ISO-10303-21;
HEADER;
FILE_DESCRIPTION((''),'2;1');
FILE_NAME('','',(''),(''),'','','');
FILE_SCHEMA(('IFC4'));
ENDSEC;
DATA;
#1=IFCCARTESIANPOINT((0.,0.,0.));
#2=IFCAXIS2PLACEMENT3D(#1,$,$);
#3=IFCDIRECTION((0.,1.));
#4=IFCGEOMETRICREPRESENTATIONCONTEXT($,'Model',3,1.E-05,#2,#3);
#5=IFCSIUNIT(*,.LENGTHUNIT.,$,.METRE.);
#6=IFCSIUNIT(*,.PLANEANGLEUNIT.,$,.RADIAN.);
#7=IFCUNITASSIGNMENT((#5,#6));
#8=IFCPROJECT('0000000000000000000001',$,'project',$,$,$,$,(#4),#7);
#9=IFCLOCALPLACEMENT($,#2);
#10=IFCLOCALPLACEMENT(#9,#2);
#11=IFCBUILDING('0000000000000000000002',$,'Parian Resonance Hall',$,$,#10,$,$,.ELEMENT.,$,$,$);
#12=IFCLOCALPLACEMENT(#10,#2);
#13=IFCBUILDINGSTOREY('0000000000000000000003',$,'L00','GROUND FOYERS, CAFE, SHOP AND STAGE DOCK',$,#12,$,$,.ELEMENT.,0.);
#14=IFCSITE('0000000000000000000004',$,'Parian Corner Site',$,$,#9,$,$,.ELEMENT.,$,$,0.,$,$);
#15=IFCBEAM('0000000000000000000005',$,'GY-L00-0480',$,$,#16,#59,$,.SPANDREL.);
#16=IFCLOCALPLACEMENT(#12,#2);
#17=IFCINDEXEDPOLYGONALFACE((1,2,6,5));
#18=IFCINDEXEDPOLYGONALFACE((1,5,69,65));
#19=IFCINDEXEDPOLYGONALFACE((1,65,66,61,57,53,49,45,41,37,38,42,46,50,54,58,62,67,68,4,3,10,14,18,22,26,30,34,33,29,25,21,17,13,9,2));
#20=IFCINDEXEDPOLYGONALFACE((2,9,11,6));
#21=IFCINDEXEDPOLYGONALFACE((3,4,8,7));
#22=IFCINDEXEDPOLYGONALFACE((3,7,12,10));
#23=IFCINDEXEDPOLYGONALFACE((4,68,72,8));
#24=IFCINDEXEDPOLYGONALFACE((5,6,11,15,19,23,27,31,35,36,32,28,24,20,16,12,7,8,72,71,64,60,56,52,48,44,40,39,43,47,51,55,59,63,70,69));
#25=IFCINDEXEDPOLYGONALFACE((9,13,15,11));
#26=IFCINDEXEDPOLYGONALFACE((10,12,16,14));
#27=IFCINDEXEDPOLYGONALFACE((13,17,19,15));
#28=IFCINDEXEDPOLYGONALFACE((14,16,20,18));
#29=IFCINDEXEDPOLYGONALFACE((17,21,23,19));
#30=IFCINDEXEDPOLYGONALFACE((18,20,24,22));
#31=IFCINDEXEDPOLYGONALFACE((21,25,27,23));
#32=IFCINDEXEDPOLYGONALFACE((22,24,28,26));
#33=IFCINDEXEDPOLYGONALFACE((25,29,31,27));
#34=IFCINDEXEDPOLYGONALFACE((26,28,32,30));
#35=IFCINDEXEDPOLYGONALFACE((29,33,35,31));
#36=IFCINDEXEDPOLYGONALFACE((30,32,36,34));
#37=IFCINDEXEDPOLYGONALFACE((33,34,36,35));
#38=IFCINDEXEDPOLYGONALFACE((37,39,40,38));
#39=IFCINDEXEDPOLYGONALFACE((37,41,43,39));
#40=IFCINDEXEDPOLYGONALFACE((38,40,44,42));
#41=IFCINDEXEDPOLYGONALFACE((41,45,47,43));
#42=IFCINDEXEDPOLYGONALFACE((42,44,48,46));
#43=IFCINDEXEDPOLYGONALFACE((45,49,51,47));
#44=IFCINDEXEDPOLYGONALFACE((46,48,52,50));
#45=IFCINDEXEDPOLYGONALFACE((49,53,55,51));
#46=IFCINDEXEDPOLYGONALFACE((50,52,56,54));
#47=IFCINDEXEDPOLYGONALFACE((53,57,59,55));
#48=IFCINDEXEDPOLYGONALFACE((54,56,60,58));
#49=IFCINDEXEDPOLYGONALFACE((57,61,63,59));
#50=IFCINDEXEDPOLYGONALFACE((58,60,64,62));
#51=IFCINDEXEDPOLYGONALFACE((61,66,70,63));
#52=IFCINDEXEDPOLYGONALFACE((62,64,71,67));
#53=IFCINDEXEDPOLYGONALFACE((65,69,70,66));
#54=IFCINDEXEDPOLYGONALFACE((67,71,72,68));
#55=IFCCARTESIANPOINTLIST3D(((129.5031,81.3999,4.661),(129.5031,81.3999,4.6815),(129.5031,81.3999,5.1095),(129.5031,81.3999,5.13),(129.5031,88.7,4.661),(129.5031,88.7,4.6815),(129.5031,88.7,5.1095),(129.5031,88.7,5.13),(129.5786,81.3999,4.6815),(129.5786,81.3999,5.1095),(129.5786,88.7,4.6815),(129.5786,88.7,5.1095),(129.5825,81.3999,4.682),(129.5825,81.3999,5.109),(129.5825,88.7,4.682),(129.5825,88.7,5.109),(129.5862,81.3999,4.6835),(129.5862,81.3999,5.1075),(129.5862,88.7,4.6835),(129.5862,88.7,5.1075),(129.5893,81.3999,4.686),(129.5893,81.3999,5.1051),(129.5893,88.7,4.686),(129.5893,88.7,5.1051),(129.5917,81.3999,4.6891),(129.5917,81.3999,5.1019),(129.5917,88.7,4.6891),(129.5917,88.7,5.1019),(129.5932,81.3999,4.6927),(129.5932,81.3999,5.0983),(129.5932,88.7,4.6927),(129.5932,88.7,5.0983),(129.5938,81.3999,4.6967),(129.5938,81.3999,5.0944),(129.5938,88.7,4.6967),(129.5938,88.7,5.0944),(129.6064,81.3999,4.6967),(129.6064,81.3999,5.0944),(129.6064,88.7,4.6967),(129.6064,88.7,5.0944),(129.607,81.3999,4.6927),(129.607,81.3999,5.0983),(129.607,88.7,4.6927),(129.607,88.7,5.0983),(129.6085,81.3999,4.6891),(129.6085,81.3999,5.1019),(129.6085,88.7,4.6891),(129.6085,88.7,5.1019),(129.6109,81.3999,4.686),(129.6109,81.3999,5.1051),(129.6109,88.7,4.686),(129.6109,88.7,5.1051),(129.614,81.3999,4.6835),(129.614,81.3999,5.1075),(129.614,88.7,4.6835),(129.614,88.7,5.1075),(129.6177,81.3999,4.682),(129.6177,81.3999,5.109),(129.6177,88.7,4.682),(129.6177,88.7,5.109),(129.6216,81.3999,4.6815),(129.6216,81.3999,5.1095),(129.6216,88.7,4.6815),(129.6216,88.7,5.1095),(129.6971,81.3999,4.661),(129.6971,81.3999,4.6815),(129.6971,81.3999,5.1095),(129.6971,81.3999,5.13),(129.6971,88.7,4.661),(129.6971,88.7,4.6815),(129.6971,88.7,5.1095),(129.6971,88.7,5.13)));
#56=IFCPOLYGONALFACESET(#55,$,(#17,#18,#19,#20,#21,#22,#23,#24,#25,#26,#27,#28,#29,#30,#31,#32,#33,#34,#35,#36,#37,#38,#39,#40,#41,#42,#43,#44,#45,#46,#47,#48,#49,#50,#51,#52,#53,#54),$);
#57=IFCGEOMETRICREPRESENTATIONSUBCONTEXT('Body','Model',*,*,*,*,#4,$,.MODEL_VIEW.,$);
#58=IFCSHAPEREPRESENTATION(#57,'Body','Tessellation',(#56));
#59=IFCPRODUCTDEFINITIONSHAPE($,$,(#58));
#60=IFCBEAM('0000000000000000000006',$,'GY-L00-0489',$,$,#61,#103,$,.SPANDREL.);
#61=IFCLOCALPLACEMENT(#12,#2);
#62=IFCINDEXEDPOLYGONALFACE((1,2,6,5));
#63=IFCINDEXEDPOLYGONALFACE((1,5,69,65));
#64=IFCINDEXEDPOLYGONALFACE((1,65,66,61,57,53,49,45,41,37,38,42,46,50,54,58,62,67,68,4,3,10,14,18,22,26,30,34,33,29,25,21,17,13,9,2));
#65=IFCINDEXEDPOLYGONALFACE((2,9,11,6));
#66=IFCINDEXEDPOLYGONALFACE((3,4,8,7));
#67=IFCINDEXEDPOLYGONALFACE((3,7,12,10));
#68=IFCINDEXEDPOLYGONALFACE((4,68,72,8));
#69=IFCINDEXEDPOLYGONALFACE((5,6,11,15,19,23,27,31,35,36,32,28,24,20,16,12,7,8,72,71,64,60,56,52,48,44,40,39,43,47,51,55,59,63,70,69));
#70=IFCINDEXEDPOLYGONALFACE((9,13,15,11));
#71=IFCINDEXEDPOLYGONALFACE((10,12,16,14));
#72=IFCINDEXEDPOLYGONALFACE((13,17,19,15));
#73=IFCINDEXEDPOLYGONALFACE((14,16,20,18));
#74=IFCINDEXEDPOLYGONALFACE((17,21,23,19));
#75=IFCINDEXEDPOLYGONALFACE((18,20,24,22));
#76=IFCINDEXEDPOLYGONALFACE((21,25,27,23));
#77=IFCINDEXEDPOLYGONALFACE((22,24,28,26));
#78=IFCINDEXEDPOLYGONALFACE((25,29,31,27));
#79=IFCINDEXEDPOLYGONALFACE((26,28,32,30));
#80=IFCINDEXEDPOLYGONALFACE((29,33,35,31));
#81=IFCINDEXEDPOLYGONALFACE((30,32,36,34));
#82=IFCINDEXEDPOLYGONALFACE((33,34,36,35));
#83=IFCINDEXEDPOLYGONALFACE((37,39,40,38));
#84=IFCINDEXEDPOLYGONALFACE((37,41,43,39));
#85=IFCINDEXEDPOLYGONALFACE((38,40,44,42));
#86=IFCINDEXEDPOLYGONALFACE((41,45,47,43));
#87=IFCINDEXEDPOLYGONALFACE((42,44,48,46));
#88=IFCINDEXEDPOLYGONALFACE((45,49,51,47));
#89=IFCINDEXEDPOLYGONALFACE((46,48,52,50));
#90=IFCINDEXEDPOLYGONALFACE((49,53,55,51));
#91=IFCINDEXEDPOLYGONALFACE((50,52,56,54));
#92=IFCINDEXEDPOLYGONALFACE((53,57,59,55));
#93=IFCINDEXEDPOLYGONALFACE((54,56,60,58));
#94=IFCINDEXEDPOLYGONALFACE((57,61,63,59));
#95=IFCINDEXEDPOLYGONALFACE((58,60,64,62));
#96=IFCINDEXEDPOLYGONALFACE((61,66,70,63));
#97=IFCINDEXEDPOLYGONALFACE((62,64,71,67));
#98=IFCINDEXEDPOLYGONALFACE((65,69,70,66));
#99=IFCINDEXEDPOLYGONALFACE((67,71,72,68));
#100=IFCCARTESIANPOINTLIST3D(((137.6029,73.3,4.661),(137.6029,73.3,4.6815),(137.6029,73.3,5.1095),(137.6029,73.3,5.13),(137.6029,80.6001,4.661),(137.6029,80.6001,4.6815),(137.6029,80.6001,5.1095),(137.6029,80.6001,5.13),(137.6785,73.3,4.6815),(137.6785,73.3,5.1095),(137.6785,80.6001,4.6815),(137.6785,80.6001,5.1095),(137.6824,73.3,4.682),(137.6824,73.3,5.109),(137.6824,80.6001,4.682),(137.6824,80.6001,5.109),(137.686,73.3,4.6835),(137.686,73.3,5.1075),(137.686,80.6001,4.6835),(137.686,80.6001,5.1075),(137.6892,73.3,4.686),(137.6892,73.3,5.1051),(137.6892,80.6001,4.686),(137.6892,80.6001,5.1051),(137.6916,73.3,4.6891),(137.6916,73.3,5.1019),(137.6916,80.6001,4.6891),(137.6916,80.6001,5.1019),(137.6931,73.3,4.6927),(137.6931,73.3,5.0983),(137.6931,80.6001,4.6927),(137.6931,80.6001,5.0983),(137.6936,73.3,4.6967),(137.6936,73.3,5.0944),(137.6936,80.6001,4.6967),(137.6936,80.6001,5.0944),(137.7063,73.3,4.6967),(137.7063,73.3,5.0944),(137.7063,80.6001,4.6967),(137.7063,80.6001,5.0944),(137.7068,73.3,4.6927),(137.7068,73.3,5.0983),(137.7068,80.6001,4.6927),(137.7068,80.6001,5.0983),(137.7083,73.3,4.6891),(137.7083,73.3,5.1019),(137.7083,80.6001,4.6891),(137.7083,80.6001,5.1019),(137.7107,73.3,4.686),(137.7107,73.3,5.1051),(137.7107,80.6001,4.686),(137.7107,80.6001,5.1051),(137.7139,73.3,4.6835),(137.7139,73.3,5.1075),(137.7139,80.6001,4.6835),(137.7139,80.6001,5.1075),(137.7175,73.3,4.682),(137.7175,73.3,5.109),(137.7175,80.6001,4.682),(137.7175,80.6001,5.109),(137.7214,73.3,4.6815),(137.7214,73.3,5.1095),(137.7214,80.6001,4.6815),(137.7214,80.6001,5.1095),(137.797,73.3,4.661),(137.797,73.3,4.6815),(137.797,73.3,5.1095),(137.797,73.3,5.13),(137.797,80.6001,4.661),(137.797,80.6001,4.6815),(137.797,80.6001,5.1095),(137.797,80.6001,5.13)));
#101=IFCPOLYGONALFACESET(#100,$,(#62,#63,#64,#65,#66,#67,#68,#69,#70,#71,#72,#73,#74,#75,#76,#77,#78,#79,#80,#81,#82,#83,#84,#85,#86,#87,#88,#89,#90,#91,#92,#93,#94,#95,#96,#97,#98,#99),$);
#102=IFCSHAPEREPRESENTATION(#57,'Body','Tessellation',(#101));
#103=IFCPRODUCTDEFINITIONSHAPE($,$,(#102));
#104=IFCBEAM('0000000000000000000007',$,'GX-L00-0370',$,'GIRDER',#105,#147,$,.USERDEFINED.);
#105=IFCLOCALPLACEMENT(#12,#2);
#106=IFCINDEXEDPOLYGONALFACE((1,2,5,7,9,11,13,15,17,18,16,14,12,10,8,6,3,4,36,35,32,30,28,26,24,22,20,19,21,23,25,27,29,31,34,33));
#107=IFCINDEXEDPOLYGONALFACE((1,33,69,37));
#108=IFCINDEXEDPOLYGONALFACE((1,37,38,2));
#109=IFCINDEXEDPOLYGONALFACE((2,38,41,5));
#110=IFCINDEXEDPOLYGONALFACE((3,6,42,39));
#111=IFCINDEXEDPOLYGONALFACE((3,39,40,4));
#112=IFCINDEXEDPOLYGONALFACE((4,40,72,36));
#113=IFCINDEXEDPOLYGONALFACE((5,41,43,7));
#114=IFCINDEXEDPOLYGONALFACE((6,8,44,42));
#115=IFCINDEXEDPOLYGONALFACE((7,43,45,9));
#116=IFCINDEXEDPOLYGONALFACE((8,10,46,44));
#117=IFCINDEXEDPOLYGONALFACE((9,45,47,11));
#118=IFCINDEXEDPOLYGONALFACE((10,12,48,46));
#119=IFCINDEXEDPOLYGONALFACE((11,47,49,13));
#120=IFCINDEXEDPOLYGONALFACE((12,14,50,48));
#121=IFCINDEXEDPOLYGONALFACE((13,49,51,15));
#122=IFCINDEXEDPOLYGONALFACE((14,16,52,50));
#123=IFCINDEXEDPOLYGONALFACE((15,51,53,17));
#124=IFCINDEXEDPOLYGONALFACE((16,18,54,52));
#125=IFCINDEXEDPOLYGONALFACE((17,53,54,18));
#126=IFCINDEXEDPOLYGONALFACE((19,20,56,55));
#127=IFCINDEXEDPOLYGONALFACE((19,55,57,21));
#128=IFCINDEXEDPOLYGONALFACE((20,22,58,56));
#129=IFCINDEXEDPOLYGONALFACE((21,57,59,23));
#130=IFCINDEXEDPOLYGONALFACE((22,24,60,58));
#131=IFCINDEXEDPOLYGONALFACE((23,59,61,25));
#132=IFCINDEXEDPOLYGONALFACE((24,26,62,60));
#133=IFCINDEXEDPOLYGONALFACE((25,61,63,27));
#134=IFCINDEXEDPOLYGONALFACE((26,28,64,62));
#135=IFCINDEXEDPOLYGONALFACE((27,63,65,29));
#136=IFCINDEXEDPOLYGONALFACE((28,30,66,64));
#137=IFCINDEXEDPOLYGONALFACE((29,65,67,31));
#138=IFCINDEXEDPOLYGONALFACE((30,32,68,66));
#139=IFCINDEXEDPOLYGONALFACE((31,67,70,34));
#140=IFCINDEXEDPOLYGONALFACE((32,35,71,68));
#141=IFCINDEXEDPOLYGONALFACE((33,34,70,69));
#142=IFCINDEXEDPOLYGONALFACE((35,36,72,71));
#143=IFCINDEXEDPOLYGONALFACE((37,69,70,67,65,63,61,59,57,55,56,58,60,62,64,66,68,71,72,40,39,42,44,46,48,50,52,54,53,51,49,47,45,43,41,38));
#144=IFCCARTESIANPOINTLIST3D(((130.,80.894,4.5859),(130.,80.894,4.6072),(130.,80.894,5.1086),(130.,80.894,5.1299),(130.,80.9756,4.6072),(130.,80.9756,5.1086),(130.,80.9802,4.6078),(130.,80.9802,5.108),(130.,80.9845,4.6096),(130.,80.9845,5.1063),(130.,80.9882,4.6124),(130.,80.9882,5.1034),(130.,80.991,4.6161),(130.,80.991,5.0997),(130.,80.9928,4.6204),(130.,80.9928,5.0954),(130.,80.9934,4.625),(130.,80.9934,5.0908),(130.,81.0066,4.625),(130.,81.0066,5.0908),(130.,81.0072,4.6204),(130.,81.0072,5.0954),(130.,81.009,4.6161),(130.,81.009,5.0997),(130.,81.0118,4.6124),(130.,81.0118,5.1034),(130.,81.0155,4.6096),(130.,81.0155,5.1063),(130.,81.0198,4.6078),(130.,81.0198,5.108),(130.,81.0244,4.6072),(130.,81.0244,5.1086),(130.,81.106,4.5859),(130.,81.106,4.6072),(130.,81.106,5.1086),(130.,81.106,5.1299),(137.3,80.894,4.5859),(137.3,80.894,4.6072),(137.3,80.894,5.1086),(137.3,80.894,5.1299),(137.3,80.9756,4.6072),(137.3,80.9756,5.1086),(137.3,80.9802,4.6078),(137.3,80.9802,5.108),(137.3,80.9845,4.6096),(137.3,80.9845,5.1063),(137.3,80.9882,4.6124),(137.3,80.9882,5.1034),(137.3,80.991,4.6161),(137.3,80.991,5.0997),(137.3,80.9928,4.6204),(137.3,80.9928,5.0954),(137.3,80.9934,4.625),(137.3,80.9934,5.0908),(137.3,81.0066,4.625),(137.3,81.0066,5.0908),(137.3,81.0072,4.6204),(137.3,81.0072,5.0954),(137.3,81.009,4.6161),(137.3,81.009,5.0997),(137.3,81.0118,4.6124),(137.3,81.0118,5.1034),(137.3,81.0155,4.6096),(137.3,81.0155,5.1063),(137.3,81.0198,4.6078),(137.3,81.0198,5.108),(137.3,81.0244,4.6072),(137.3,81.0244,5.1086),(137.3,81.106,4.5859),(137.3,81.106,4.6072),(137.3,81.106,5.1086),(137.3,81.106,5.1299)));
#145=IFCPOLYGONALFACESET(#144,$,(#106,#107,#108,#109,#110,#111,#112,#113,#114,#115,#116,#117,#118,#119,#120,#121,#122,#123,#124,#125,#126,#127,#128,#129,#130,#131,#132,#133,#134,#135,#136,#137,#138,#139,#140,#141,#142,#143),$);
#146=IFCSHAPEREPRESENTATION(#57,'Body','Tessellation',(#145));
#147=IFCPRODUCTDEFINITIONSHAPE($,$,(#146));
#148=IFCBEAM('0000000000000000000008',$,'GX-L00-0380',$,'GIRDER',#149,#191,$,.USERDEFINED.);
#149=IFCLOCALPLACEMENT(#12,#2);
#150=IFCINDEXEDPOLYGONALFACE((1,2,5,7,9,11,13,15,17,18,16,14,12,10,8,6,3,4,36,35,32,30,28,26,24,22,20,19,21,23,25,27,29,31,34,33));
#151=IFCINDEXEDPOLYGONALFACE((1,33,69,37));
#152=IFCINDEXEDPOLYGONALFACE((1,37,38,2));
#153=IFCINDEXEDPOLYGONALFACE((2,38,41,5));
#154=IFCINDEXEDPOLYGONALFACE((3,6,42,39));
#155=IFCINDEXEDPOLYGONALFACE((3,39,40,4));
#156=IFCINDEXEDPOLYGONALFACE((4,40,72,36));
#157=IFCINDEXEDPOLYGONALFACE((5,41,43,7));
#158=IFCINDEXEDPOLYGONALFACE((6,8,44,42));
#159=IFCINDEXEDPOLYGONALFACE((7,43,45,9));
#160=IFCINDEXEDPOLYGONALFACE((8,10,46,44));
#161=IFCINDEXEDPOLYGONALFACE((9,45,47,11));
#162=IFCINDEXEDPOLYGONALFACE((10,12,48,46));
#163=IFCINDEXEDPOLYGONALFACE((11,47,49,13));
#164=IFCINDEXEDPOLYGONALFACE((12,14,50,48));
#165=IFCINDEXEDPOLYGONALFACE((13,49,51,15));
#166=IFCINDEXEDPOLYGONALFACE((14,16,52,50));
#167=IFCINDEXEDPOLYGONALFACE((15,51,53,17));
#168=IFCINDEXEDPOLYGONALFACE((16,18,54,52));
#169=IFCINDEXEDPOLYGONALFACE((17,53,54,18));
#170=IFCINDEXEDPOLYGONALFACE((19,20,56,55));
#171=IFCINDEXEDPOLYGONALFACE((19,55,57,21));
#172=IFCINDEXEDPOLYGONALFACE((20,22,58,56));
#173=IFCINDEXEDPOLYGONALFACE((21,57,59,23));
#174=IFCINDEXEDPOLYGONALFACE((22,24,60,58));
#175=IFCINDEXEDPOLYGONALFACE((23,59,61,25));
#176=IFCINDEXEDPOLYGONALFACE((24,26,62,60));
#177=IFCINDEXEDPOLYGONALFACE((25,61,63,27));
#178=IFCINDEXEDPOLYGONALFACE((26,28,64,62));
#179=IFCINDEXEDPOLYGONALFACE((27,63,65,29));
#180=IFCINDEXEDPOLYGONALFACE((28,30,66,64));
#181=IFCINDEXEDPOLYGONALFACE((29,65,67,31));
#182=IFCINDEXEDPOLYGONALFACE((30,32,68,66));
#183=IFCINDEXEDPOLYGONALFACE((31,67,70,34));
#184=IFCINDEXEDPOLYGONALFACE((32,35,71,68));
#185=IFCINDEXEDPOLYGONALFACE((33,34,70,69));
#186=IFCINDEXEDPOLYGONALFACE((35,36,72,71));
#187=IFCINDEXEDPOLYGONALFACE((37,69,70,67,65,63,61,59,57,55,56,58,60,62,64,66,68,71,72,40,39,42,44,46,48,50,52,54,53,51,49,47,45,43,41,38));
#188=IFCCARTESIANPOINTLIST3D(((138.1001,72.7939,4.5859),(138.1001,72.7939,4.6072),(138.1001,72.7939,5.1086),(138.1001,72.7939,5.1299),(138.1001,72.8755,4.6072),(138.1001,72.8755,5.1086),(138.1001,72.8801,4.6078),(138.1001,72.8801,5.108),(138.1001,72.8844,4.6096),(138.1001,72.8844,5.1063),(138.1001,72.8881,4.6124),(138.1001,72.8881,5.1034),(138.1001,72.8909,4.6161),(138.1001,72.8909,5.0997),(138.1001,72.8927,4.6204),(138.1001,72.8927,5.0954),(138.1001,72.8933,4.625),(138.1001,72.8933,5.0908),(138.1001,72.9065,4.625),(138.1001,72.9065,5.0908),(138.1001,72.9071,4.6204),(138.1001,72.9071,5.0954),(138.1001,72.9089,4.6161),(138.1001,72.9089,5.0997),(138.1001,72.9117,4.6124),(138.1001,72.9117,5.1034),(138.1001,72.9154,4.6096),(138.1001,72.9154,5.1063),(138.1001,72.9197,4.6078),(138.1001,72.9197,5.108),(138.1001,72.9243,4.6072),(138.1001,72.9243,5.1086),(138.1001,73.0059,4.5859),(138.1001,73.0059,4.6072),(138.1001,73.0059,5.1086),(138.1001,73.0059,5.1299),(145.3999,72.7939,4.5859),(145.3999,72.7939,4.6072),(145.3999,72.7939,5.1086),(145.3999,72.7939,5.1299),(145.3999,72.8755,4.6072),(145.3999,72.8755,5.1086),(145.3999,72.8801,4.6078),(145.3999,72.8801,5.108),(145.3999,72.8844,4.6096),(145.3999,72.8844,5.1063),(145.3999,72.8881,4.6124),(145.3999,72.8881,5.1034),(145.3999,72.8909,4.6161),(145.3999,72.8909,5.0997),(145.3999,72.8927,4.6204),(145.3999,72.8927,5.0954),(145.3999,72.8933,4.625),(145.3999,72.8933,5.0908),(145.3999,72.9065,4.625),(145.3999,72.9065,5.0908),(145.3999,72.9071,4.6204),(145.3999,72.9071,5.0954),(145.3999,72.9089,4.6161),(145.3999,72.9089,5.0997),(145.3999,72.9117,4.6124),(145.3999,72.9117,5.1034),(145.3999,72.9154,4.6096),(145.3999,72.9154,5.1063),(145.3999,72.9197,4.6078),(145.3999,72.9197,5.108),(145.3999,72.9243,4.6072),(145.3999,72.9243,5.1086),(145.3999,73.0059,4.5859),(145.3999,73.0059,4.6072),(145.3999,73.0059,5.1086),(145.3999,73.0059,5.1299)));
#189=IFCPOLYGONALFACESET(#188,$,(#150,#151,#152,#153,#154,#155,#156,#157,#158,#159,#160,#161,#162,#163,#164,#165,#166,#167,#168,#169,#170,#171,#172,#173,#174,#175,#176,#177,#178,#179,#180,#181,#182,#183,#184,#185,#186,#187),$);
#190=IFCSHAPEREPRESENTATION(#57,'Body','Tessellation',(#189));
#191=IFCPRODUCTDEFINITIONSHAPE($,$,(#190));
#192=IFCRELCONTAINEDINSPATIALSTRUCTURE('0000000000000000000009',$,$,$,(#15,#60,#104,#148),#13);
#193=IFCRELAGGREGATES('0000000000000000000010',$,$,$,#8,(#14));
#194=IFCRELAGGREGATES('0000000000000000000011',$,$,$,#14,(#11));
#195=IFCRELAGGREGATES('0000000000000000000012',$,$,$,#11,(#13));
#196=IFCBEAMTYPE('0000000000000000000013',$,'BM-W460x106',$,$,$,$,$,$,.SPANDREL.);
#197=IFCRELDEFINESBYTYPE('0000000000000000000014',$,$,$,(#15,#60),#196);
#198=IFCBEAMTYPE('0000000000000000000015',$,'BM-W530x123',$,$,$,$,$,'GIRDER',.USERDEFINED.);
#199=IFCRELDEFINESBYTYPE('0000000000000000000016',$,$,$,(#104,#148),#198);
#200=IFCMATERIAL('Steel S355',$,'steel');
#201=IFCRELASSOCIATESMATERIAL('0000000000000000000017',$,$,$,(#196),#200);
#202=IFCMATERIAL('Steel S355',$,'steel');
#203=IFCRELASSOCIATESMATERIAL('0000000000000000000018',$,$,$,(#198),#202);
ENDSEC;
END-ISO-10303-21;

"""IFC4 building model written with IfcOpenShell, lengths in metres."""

from ifc_helpers import new_model, si_unit, direction, frame, origin, origin_2d, place, context, subcontext, project, spatial, i_section, extrude, material, material_profile, profile_set, type_object, element, save


model = new_model("IFC4")

# Units and contexts
model_context = context("Model", 3, precision=1e-05, world=origin(), true_north=direction((0.0, 1.0)))
body_context = subcontext(model_context, "Body", "Model", "MODEL_VIEW")
ifc_project = project(units=[si_unit("LENGTHUNIT", "METRE"), si_unit("PLANEANGLEUNIT", "RADIAN")], contexts=[model_context])

# Site, building, storey
site_placement = place(None, origin())
site = spatial("IfcSite", under=ifc_project, at=site_placement, Name="Parian Corner Site", CompositionType="ELEMENT", RefElevation=0.0)
building_placement = place(site_placement, origin())
building = spatial("IfcBuilding", under=site, at=building_placement, Name="Parian Resonance Hall", CompositionType="ELEMENT")
storey_placement = place(building_placement, origin())
storey = spatial("IfcBuildingStorey", under=building, at=storey_placement, Name="L00", Description="GROUND FOYERS, CAFE, SHOP AND STAGE DOCK", CompositionType="ELEMENT", Elevation=0.0)

# Beams
ifc_material_1 = material(Name="Steel S355", Category="steel")
ifc_material_profile_1 = material_profile(ifc_material_1, i_section(OverallWidth=0.1941, OverallDepth=0.469, WebThickness=0.0127, FlangeThickness=0.0205, FilletRadius=0.0151, at=origin_2d()), Name="W460x106")
ifc_profile_set_1 = profile_set([ifc_material_profile_1], Name="Steel S355")
beam_type_1 = type_object("IfcBeamType", Name="BM-W460x106", PredefinedType="SPANDREL", material=ifc_profile_set_1)
for number, where, z_axis, x_axis, name in (
    (1, (129.6001, 81.3999, 4.8955), (0.0, 1.0, 0.0), (-1.0, 0.0, 0.0), "GY-L00-0480"),
    (2, (137.7, 73.3, 4.8955), (0.0, 1.0, 0.0), (-1.0, 0.0, 0.0), "GY-L00-0489"),
):
    element("IfcBeam", number, at=place(storey_placement, frame(where, z_axis=z_axis, x_axis=x_axis)), inside=storey, type_object=beam_type_1, Name=name, PredefinedType="SPANDREL", context=body_context, shape_type="SweptSolid", body=[
        extrude(i_section(OverallWidth=0.1941, OverallDepth=0.469, WebThickness=0.0127, FlangeThickness=0.0205, FilletRadius=0.0151, at=origin_2d()), origin(), (0.0, 0.0, 1.0), 7.3),
    ])
ifc_material_2 = material(Name="Steel S355", Category="steel")
ifc_material_profile_2 = material_profile(ifc_material_2, i_section(OverallWidth=0.2119, OverallDepth=0.5439, WebThickness=0.0132, FlangeThickness=0.0212, FilletRadius=0.0178, at=origin_2d()), Name="W530x123")
ifc_profile_set_2 = profile_set([ifc_material_profile_2], Name="Steel S355")
beam_type_2 = type_object("IfcBeamType", Name="BM-W530x123", ElementType="GIRDER", PredefinedType="USERDEFINED", material=ifc_profile_set_2)
beam_1_placement = place(storey_placement, frame((130.0, 81.0, 4.8579), z_axis=(1.0, 0.0, 0.0), x_axis=(0.0, 1.0, 0.0)))
element("IfcBeam", 3, at=beam_1_placement, inside=storey, type_object=beam_type_2, Name="GX-L00-0370", ObjectType="GIRDER", PredefinedType="USERDEFINED", context=body_context, shape_type="SweptSolid", body=[
    extrude(i_section(OverallWidth=0.2119, OverallDepth=0.5439, WebThickness=0.0132, FlangeThickness=0.0212, FilletRadius=0.0178, at=origin_2d()), origin(), (0.0, 0.0, 1.0), 7.3),
])
beam_2_placement = place(storey_placement, frame((138.1001, 72.8999, 4.8579), z_axis=(1.0, 0.0, 0.0), x_axis=(0.0, 1.0, 0.0)))
element("IfcBeam", 4, at=beam_2_placement, inside=storey, type_object=beam_type_2, Name="GX-L00-0380", ObjectType="GIRDER", PredefinedType="USERDEFINED", context=body_context, shape_type="SweptSolid", body=[
    extrude(i_section(OverallWidth=0.2119, OverallDepth=0.5439, WebThickness=0.0132, FlangeThickness=0.0212, FilletRadius=0.0178, at=origin_2d()), origin(), (0.0, 0.0, 1.0), 7.2998),
])

save(model, "model.ifc")
